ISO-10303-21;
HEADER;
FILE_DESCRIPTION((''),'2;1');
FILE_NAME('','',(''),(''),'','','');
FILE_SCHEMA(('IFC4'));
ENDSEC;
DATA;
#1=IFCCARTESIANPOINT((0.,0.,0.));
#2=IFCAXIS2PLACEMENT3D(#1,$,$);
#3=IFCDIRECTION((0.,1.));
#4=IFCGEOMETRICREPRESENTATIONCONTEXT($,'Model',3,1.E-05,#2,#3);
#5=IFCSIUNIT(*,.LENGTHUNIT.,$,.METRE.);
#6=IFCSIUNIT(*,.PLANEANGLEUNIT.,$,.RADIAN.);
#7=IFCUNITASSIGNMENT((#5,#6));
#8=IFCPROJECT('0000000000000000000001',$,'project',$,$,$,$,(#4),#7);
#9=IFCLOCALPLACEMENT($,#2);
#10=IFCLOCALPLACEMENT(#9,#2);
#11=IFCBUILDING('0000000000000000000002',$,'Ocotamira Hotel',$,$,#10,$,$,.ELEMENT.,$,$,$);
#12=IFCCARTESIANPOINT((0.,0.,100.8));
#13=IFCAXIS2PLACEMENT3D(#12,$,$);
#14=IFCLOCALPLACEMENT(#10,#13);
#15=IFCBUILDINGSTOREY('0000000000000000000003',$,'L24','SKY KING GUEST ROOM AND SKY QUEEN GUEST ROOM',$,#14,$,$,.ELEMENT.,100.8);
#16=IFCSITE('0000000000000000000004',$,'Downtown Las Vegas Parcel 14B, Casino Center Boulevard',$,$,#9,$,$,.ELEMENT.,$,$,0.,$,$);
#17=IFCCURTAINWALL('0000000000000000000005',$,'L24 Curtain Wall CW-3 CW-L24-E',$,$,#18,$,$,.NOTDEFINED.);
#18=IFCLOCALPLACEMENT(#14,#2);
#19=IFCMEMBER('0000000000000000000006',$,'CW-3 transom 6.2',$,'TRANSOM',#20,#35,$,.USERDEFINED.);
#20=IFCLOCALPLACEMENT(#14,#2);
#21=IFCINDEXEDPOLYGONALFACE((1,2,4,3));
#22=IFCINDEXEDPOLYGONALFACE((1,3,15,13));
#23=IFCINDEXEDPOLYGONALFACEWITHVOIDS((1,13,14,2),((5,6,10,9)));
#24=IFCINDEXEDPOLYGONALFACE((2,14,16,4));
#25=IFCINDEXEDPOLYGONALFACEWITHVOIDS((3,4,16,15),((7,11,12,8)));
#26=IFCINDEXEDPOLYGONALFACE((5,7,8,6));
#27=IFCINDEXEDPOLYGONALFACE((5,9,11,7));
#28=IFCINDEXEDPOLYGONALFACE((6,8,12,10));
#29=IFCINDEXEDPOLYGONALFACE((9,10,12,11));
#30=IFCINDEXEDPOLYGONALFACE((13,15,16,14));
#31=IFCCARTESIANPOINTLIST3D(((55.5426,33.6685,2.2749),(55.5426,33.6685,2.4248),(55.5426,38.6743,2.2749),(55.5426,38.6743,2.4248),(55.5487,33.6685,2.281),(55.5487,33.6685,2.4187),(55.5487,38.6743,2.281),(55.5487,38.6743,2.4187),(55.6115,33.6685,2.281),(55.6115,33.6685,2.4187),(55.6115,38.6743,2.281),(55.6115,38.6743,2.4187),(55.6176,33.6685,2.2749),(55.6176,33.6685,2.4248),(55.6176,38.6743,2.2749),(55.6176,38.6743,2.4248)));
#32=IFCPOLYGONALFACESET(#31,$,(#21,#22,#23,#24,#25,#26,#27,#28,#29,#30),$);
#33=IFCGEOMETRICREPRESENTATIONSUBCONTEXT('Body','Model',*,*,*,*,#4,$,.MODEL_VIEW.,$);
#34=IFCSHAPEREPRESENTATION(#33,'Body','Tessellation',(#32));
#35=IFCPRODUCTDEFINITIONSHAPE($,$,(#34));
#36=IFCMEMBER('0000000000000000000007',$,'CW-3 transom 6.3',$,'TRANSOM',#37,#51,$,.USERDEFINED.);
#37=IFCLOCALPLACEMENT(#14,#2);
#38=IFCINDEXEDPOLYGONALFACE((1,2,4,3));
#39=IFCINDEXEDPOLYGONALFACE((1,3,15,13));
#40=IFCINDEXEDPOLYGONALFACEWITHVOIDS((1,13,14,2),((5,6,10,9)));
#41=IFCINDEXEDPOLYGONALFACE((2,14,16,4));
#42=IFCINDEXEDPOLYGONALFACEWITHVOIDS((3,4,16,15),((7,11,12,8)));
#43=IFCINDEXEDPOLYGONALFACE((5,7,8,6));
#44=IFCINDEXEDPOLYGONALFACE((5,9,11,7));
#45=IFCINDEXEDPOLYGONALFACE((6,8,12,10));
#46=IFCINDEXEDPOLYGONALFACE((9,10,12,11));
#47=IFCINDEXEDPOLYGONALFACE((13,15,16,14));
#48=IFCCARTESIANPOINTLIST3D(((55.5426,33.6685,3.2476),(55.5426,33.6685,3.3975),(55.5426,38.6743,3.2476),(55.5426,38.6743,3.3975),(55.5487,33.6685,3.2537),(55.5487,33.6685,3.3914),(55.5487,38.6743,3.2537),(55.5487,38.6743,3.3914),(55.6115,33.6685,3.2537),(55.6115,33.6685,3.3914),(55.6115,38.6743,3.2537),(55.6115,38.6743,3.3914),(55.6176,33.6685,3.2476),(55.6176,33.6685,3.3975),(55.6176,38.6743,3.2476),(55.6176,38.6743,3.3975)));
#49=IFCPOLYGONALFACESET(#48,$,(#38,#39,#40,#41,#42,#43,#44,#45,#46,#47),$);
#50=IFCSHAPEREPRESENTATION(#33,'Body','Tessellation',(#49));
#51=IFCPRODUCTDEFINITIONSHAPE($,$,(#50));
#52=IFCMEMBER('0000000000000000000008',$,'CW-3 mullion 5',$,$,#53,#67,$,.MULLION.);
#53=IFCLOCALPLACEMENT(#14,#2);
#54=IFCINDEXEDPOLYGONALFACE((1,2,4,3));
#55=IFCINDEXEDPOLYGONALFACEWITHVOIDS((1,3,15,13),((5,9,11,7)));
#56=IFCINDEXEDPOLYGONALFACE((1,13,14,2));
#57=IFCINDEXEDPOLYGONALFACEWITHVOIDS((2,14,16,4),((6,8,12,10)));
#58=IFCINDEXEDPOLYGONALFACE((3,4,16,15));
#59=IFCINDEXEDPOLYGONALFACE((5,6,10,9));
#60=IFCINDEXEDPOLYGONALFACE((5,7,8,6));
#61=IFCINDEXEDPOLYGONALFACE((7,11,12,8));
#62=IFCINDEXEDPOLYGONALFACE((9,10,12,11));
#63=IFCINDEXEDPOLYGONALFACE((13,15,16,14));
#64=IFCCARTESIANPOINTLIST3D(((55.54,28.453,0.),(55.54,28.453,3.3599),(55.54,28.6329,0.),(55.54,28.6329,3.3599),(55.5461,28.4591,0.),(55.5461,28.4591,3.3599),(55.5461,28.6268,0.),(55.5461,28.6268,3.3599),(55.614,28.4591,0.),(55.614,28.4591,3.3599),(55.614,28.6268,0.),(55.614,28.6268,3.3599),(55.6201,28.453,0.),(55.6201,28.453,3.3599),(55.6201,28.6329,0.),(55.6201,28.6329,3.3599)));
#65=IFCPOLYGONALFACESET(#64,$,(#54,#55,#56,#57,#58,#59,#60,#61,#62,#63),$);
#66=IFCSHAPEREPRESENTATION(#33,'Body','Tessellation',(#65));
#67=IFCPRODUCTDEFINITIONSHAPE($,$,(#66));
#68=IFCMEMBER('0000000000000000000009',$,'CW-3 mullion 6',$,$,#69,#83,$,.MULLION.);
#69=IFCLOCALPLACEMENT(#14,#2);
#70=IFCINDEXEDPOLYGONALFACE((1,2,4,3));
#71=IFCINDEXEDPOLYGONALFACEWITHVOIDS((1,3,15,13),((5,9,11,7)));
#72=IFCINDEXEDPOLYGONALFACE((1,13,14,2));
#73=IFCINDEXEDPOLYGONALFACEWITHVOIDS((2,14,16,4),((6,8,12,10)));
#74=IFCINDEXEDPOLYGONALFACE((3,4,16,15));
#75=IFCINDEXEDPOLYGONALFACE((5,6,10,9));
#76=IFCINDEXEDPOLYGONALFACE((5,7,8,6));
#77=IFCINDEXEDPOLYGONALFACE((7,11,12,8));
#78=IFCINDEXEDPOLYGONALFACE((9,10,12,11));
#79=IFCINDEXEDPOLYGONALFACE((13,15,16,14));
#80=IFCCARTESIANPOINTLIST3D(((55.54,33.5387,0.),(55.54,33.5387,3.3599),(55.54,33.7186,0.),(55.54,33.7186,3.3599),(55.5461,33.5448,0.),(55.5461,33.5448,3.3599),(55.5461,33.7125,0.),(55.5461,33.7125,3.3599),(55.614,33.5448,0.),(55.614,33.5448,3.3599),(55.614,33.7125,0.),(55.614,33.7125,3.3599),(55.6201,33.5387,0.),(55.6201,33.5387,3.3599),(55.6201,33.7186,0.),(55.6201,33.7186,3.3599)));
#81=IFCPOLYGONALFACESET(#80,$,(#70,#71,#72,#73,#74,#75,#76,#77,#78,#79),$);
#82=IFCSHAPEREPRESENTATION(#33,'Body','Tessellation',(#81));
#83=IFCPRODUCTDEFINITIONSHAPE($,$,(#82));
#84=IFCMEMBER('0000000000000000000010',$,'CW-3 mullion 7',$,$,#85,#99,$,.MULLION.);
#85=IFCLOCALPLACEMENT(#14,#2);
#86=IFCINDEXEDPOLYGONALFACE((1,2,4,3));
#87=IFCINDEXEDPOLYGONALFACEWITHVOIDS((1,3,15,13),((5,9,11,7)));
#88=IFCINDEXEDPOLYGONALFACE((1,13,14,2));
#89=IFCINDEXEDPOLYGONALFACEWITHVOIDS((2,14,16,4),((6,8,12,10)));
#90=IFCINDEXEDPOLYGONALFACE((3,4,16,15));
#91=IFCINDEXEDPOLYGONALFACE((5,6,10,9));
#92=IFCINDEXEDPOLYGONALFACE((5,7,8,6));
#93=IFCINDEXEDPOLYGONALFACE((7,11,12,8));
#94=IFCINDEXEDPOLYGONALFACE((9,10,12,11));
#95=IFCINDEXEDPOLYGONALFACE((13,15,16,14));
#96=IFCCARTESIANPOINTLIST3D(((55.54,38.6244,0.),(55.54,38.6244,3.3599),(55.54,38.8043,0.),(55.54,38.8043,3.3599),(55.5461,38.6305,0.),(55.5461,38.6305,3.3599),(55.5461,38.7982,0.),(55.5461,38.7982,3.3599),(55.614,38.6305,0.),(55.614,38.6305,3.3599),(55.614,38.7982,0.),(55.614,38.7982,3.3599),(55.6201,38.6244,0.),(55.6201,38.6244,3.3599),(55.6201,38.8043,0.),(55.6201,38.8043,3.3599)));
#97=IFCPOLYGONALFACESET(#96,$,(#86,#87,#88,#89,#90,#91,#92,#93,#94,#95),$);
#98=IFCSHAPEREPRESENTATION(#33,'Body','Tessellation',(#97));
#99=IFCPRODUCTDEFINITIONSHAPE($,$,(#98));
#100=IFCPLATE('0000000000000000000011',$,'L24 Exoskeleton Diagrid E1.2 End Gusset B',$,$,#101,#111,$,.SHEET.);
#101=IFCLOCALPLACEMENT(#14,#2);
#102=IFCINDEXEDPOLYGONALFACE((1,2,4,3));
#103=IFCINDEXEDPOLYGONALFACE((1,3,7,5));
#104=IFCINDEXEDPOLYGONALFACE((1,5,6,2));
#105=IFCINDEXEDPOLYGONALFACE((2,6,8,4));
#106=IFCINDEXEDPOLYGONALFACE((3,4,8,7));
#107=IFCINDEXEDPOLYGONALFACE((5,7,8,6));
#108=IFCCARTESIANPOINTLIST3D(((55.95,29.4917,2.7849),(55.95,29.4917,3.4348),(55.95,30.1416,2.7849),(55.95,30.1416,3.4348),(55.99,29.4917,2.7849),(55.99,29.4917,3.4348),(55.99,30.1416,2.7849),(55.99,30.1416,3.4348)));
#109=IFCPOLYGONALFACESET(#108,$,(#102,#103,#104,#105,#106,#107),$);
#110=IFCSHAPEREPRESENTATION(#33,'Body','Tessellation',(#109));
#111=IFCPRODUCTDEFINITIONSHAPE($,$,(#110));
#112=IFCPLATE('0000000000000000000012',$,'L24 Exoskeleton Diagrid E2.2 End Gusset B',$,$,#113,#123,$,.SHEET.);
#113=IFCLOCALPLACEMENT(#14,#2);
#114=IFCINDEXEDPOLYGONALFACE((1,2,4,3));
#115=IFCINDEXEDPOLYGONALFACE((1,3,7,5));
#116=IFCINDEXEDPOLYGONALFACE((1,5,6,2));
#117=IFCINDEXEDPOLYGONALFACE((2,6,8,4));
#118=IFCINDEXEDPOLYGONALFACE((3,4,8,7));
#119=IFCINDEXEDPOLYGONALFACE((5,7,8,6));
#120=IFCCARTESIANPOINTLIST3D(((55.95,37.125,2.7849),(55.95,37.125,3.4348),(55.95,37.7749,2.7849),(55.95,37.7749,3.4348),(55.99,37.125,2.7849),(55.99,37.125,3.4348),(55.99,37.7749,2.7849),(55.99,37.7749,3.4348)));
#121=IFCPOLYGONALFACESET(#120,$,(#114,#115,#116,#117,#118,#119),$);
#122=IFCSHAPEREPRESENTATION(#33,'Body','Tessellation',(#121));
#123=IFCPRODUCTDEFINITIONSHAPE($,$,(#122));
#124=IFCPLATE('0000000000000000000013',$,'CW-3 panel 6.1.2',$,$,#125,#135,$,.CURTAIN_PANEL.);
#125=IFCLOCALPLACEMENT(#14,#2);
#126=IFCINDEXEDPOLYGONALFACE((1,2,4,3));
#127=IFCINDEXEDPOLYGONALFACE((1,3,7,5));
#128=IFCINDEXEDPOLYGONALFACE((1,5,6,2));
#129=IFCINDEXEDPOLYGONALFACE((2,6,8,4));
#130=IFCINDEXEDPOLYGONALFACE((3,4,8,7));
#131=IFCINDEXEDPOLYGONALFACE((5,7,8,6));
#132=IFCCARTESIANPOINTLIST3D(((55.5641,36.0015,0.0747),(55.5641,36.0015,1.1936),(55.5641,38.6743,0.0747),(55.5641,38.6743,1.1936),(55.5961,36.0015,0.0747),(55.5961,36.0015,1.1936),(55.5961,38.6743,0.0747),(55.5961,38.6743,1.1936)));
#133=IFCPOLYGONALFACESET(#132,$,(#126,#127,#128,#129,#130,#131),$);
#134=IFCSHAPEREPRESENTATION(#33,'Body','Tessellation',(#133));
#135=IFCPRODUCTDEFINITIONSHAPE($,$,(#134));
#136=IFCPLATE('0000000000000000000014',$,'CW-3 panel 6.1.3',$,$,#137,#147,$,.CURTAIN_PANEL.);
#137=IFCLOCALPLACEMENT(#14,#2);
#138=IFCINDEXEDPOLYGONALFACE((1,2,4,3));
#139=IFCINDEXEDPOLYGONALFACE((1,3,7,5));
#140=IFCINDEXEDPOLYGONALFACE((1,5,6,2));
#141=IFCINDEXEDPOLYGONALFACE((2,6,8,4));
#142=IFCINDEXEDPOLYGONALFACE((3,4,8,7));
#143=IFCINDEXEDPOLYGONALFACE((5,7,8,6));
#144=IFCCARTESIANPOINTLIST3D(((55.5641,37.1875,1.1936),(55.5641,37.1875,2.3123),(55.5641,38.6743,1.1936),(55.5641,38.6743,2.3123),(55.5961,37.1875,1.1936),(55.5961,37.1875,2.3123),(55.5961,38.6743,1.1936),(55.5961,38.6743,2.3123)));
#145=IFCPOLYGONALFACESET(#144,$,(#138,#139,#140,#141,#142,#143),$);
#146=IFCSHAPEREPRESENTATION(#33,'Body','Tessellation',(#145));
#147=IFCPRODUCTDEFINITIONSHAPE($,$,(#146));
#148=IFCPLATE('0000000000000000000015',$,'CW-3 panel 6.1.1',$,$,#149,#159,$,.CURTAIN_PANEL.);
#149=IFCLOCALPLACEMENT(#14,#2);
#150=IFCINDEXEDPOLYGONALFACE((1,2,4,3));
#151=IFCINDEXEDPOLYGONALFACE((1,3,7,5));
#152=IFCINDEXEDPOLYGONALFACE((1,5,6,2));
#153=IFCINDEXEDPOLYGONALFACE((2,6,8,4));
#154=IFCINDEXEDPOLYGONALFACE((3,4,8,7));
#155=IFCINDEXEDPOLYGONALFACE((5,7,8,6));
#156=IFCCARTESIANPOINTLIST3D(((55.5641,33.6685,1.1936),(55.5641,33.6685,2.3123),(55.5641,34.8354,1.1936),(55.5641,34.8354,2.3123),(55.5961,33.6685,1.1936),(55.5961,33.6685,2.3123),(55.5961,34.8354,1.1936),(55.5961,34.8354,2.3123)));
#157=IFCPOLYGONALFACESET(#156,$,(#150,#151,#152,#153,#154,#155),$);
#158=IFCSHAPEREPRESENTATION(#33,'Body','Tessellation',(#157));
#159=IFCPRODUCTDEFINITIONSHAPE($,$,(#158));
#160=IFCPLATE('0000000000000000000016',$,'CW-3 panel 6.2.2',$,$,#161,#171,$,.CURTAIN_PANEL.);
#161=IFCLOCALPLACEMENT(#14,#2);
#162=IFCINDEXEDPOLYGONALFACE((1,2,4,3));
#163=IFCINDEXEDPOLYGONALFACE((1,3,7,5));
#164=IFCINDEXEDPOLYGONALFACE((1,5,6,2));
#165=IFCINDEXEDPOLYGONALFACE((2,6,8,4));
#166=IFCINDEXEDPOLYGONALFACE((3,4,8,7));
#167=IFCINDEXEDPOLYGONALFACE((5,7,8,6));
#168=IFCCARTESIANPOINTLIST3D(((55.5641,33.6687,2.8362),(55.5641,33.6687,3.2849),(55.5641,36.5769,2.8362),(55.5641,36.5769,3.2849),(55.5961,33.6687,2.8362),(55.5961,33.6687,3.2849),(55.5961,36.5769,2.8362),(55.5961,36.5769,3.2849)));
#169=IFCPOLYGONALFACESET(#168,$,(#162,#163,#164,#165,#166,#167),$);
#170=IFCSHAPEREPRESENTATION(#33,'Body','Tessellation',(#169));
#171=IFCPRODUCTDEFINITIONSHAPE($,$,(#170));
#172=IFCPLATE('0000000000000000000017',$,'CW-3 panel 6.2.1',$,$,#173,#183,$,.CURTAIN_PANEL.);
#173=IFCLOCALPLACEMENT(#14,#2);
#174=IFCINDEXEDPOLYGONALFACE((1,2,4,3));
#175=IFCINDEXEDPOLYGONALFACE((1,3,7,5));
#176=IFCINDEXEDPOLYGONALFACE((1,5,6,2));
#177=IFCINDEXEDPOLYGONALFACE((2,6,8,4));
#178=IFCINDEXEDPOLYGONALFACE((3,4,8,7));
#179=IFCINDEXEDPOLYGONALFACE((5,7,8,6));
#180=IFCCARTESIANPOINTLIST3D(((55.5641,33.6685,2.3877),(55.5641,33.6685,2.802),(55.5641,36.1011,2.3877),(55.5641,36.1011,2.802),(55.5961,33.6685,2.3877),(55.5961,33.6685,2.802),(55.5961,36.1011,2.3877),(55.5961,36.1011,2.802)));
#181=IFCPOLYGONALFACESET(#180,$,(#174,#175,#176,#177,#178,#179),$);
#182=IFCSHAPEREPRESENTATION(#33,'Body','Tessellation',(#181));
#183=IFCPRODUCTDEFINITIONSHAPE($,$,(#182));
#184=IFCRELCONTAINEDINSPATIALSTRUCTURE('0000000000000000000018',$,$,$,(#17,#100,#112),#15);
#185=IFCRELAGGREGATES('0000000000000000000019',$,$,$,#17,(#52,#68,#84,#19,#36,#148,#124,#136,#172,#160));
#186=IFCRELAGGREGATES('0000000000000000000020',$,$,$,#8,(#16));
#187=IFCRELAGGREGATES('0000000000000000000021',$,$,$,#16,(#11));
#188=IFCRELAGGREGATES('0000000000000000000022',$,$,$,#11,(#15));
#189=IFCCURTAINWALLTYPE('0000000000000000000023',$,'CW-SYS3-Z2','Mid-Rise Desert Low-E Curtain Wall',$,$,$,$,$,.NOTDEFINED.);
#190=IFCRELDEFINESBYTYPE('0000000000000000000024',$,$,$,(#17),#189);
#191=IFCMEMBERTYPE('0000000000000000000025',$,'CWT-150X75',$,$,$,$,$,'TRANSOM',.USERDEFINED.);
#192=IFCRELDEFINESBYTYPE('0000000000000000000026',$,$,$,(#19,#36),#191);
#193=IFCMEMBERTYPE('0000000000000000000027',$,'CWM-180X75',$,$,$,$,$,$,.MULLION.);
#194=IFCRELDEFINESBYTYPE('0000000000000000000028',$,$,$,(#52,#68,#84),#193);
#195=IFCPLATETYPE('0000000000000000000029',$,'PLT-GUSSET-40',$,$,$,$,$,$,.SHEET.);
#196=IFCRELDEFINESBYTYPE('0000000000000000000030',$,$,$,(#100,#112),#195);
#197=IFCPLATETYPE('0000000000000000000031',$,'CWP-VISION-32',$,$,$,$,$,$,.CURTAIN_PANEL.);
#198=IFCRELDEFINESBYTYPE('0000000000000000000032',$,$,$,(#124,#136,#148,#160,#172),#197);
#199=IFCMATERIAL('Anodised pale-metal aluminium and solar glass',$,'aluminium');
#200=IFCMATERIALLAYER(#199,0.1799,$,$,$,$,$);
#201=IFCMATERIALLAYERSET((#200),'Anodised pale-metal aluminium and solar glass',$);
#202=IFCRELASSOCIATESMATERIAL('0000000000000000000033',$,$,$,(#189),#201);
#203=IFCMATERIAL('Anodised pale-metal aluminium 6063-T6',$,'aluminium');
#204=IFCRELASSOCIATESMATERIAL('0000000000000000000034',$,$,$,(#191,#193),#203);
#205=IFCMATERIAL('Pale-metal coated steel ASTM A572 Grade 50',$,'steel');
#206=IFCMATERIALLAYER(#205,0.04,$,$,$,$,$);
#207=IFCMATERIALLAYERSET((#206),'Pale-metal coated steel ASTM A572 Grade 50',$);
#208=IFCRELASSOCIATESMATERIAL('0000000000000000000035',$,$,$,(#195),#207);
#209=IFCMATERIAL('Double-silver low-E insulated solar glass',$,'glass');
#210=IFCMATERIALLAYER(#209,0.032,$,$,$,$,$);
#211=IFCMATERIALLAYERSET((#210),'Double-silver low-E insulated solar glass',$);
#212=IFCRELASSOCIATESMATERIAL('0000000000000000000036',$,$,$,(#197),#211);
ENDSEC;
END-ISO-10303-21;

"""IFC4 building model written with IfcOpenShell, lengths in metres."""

from ifc_helpers import new_model, si_unit, direction, frame, origin, origin_2d, place, context, subcontext, project, spatial, rectangle, hollow_rectangle, extrude, source, transform, mapped, material, layer, layer_set, material_profile, profile_set, type_object, element, aggregate, save


model = new_model("IFC4")

# Units and contexts
model_context = context("Model", 3, precision=1e-05, world=origin(), true_north=direction((0.0, 1.0)))
body_context = subcontext(model_context, "Body", "Model", "MODEL_VIEW")
ifc_project = project(units=[si_unit("LENGTHUNIT", "METRE"), si_unit("PLANEANGLEUNIT", "RADIAN")], contexts=[model_context])

# Site, building, storey
site_placement = place(None, origin())
site = spatial("IfcSite", under=ifc_project, at=site_placement, Name="Downtown Las Vegas Parcel 14B, Casino Center Boulevard", CompositionType="ELEMENT", RefElevation=0.0)
building_placement = place(site_placement, origin())
building = spatial("IfcBuilding", under=site, at=building_placement, Name="Ocotamira Hotel", CompositionType="ELEMENT")
storey_placement = place(building_placement, frame((0.0, 0.0, 100.8)))
storey = spatial("IfcBuildingStorey", under=building, at=storey_placement, Name="L24", Description="SKY KING GUEST ROOM AND SKY QUEEN GUEST ROOM", CompositionType="ELEMENT", Elevation=100.8)

# Curtain wall, members
ifc_material_1 = material(Name="Anodised pale-metal aluminium and solar glass", Category="aluminium")
ifc_layer_1 = layer(ifc_material_1, 0.1799)
ifc_layer_set_1 = layer_set([ifc_layer_1], Name="Anodised pale-metal aluminium and solar glass")
curtain_wall_type = type_object("IfcCurtainWallType", Name="CW-SYS3-Z2", Description="Mid-Rise Desert Low-E Curtain Wall", PredefinedType="NOTDEFINED", material=ifc_layer_set_1)
curtain_wall_placement = place(storey_placement, origin())
curtain_wall = element("IfcCurtainWall", 1, at=curtain_wall_placement, inside=storey, type_object=curtain_wall_type, Name="L24 Curtain Wall CW-3 CW-L24-E", PredefinedType="NOTDEFINED")
ifc_material_2 = material(Name="Anodised pale-metal aluminium 6063-T6", Category="aluminium")
ifc_material_profile_1 = material_profile(ifc_material_2, hollow_rectangle(XDim=0.075, YDim=0.1499, WallThickness=0.0061, at=origin_2d()), Name="HSS150X75X6")
ifc_profile_set_1 = profile_set([ifc_material_profile_1], Name="Anodised pale-metal aluminium 6063-T6")
member_type_1 = type_object("IfcMemberType", Name="CWT-150X75", ElementType="TRANSOM", PredefinedType="USERDEFINED", material=ifc_profile_set_1)
shared_shape_1 = source(origin(), body_context, "Body", "SweptSolid", [
    extrude(hollow_rectangle(XDim=0.075, YDim=0.1499, WallThickness=0.0061, at=origin_2d()), origin(), (0.0, 0.0, 1.0), 5.0059),
])
member_1_placement = place(storey_placement, frame((55.5801, 33.6685, 2.3499), z_axis=(0.0, 1.0, 0.0), x_axis=(-1.0, 0.0, 0.0)))
member_1 = element("IfcMember", 2, at=member_1_placement, type_object=member_type_1, Name="CW-3 transom 6.2", ObjectType="TRANSOM", PredefinedType="USERDEFINED", context=body_context, shape_type="MappedRepresentation", body=[
    mapped(shared_shape_1, transform((0.0, 0.0, 0.0), scale=1.0)),
])
member_2_placement = place(storey_placement, frame((55.5801, 33.6685, 3.3225), z_axis=(0.0, 1.0, 0.0), x_axis=(-1.0, 0.0, 0.0)))
member_2 = element("IfcMember", 3, at=member_2_placement, type_object=member_type_1, Name="CW-3 transom 6.3", ObjectType="TRANSOM", PredefinedType="USERDEFINED", context=body_context, shape_type="MappedRepresentation", body=[
    mapped(shared_shape_1, transform((0.0, 0.0, 0.0), scale=1.0)),
])
ifc_material_profile_2 = material_profile(ifc_material_2, hollow_rectangle(XDim=0.0801, YDim=0.1799, WallThickness=0.0061, at=origin_2d()), Name="HSS180X80X6")
ifc_profile_set_2 = profile_set([ifc_material_profile_2], Name="Anodised pale-metal aluminium 6063-T6")
member_type_2 = type_object("IfcMemberType", Name="CWM-180X75", PredefinedType="MULLION", material=ifc_profile_set_2)
shared_shape_2 = source(origin(), body_context, "Body", "SweptSolid", [
    extrude(hollow_rectangle(XDim=0.0801, YDim=0.1799, WallThickness=0.0061, at=origin_2d()), origin(), (0.0, 0.0, 1.0), 3.3599),
])
member_3_placement = place(storey_placement, frame((55.5801, 28.543, 0.0), z_axis=(0.0, 0.0, 1.0), x_axis=(-1.0, 0.0, 0.0)))
member_3 = element("IfcMember", 4, at=member_3_placement, type_object=member_type_2, Name="CW-3 mullion 5", PredefinedType="MULLION", context=body_context, shape_type="MappedRepresentation", body=[
    mapped(shared_shape_2, transform((0.0, 0.0, 0.0), scale=1.0)),
])
member_4_placement = place(storey_placement, frame((55.5801, 33.6287, 0.0), z_axis=(0.0, 0.0, 1.0), x_axis=(-1.0, 0.0, 0.0)))
member_4 = element("IfcMember", 5, at=member_4_placement, type_object=member_type_2, Name="CW-3 mullion 6", PredefinedType="MULLION", context=body_context, shape_type="MappedRepresentation", body=[
    mapped(shared_shape_2, transform((0.0, 0.0, 0.0), scale=1.0)),
])
member_5_placement = place(storey_placement, frame((55.5801, 38.7144, 0.0), z_axis=(0.0, 0.0, 1.0), x_axis=(-1.0, 0.0, 0.0)))
member_5 = element("IfcMember", 6, at=member_5_placement, type_object=member_type_2, Name="CW-3 mullion 7", PredefinedType="MULLION", context=body_context, shape_type="MappedRepresentation", body=[
    mapped(shared_shape_2, transform((0.0, 0.0, 0.0), scale=1.0)),
])

# Plates
ifc_material_3 = material(Name="Pale-metal coated steel ASTM A572 Grade 50", Category="steel")
ifc_layer_2 = layer(ifc_material_3, 0.04)
ifc_layer_set_2 = layer_set([ifc_layer_2], Name="Pale-metal coated steel ASTM A572 Grade 50")
plate_type_1 = type_object("IfcPlateType", Name="PLT-GUSSET-40", PredefinedType="SHEET", material=ifc_layer_set_2)
shared_shape_3 = source(origin(), body_context, "Body", "SweptSolid", [
    extrude(rectangle(XDim=0.04, YDim=0.6499, at=origin_2d()), origin(), (0.0, 0.0, 1.0), 0.6499),
])
for number, where, z_axis, x_axis, name in (
    (7, (55.97, 29.8167, 2.7849), (0.0, 0.0, 1.0), (1.0, 0.0, 0.0), "L24 Exoskeleton Diagrid E1.2 End Gusset B"),
    (8, (55.97, 37.45, 2.7849), (0.0, 0.0, 1.0), (1.0, 0.0, 0.0), "L24 Exoskeleton Diagrid E2.2 End Gusset B"),
):
    element("IfcPlate", number, at=place(storey_placement, frame(where, z_axis=z_axis, x_axis=x_axis)), inside=storey, type_object=plate_type_1, Name=name, PredefinedType="SHEET", context=body_context, shape_type="MappedRepresentation", body=[
        mapped(shared_shape_3, transform((0.0, 0.0, 0.0), scale=1.0)),
    ])

# Plates
ifc_material_4 = material(Name="Double-silver low-E insulated solar glass", Category="glass")
ifc_layer_3 = layer(ifc_material_4, 0.032)
ifc_layer_set_3 = layer_set([ifc_layer_3], Name="Double-silver low-E insulated solar glass")
plate_type_2 = type_object("IfcPlateType", Name="CWP-VISION-32", PredefinedType="CURTAIN_PANEL", material=ifc_layer_set_3)
shared_shape_4 = source(origin(), body_context, "Body", "SweptSolid", [
    extrude(rectangle(XDim=2.6729, YDim=0.032, at=origin_2d()), origin(), (0.0, 0.0, 1.0), 1.1189),
])
plate_1_placement = place(storey_placement, frame((55.5801, 37.3379, 0.0747), z_axis=(0.0, 0.0, 1.0), x_axis=(0.0, 1.0, 0.0)))
plate_1 = element("IfcPlate", 9, at=plate_1_placement, type_object=plate_type_2, Name="CW-3 panel 6.1.2", PredefinedType="CURTAIN_PANEL", context=body_context, shape_type="MappedRepresentation", body=[
    mapped(shared_shape_4, transform((0.0, 0.0, 0.0), scale=1.0)),
])
shared_shape_5 = source(origin(), body_context, "Body", "SweptSolid", [
    extrude(rectangle(XDim=1.4868, YDim=0.032, at=origin_2d()), origin(), (0.0, 0.0, 1.0), 1.1187),
])
plate_2_placement = place(storey_placement, frame((55.5801, 37.9309, 1.1936), z_axis=(0.0, 0.0, 1.0), x_axis=(0.0, 1.0, 0.0)))
plate_2 = element("IfcPlate", 10, at=plate_2_placement, type_object=plate_type_2, Name="CW-3 panel 6.1.3", PredefinedType="CURTAIN_PANEL", context=body_context, shape_type="MappedRepresentation", body=[
    mapped(shared_shape_5, transform((0.0, 0.0, 0.0), scale=1.0)),
])
shared_shape_6 = source(origin(), body_context, "Body", "SweptSolid", [
    extrude(rectangle(XDim=1.167, YDim=0.032, at=origin_2d()), origin(), (0.0, 0.0, 1.0), 1.1187),
])
plate_3_placement = place(storey_placement, frame((55.5801, 34.252, 1.1936), z_axis=(0.0, 0.0, 1.0), x_axis=(0.0, 1.0, 0.0)))
plate_3 = element("IfcPlate", 11, at=plate_3_placement, type_object=plate_type_2, Name="CW-3 panel 6.1.1", PredefinedType="CURTAIN_PANEL", context=body_context, shape_type="MappedRepresentation", body=[
    mapped(shared_shape_6, transform((0.0, 0.0, 0.0), scale=1.0)),
])
shared_shape_7 = source(origin(), body_context, "Body", "SweptSolid", [
    extrude(rectangle(XDim=2.9082, YDim=0.032, at=origin_2d()), origin(), (0.0, 0.0, 1.0), 0.4487),
])
plate_4_placement = place(storey_placement, frame((55.5801, 35.1228, 2.8362), z_axis=(0.0, 0.0, 1.0), x_axis=(0.0, 1.0, 0.0)))
plate_4 = element("IfcPlate", 12, at=plate_4_placement, type_object=plate_type_2, Name="CW-3 panel 6.2.2", PredefinedType="CURTAIN_PANEL", context=body_context, shape_type="MappedRepresentation", body=[
    mapped(shared_shape_7, transform((0.0, 0.0, 0.0), scale=1.0)),
])
shared_shape_8 = source(origin(), body_context, "Body", "SweptSolid", [
    extrude(rectangle(XDim=2.4326, YDim=0.032, at=origin_2d()), origin(), (0.0, 0.0, 1.0), 0.4143),
])
plate_5_placement = place(storey_placement, frame((55.5801, 34.8848, 2.3877), z_axis=(0.0, 0.0, 1.0), x_axis=(0.0, 1.0, 0.0)))
plate_5 = element("IfcPlate", 13, at=plate_5_placement, type_object=plate_type_2, Name="CW-3 panel 6.2.1", PredefinedType="CURTAIN_PANEL", context=body_context, shape_type="MappedRepresentation", body=[
    mapped(shared_shape_8, transform((0.0, 0.0, 0.0), scale=1.0)),
])
aggregate(curtain_wall, [member_3, member_4, member_5, member_1, member_2, plate_3, plate_1, plate_2, plate_5, plate_4])

save(model, "model.ifc")
